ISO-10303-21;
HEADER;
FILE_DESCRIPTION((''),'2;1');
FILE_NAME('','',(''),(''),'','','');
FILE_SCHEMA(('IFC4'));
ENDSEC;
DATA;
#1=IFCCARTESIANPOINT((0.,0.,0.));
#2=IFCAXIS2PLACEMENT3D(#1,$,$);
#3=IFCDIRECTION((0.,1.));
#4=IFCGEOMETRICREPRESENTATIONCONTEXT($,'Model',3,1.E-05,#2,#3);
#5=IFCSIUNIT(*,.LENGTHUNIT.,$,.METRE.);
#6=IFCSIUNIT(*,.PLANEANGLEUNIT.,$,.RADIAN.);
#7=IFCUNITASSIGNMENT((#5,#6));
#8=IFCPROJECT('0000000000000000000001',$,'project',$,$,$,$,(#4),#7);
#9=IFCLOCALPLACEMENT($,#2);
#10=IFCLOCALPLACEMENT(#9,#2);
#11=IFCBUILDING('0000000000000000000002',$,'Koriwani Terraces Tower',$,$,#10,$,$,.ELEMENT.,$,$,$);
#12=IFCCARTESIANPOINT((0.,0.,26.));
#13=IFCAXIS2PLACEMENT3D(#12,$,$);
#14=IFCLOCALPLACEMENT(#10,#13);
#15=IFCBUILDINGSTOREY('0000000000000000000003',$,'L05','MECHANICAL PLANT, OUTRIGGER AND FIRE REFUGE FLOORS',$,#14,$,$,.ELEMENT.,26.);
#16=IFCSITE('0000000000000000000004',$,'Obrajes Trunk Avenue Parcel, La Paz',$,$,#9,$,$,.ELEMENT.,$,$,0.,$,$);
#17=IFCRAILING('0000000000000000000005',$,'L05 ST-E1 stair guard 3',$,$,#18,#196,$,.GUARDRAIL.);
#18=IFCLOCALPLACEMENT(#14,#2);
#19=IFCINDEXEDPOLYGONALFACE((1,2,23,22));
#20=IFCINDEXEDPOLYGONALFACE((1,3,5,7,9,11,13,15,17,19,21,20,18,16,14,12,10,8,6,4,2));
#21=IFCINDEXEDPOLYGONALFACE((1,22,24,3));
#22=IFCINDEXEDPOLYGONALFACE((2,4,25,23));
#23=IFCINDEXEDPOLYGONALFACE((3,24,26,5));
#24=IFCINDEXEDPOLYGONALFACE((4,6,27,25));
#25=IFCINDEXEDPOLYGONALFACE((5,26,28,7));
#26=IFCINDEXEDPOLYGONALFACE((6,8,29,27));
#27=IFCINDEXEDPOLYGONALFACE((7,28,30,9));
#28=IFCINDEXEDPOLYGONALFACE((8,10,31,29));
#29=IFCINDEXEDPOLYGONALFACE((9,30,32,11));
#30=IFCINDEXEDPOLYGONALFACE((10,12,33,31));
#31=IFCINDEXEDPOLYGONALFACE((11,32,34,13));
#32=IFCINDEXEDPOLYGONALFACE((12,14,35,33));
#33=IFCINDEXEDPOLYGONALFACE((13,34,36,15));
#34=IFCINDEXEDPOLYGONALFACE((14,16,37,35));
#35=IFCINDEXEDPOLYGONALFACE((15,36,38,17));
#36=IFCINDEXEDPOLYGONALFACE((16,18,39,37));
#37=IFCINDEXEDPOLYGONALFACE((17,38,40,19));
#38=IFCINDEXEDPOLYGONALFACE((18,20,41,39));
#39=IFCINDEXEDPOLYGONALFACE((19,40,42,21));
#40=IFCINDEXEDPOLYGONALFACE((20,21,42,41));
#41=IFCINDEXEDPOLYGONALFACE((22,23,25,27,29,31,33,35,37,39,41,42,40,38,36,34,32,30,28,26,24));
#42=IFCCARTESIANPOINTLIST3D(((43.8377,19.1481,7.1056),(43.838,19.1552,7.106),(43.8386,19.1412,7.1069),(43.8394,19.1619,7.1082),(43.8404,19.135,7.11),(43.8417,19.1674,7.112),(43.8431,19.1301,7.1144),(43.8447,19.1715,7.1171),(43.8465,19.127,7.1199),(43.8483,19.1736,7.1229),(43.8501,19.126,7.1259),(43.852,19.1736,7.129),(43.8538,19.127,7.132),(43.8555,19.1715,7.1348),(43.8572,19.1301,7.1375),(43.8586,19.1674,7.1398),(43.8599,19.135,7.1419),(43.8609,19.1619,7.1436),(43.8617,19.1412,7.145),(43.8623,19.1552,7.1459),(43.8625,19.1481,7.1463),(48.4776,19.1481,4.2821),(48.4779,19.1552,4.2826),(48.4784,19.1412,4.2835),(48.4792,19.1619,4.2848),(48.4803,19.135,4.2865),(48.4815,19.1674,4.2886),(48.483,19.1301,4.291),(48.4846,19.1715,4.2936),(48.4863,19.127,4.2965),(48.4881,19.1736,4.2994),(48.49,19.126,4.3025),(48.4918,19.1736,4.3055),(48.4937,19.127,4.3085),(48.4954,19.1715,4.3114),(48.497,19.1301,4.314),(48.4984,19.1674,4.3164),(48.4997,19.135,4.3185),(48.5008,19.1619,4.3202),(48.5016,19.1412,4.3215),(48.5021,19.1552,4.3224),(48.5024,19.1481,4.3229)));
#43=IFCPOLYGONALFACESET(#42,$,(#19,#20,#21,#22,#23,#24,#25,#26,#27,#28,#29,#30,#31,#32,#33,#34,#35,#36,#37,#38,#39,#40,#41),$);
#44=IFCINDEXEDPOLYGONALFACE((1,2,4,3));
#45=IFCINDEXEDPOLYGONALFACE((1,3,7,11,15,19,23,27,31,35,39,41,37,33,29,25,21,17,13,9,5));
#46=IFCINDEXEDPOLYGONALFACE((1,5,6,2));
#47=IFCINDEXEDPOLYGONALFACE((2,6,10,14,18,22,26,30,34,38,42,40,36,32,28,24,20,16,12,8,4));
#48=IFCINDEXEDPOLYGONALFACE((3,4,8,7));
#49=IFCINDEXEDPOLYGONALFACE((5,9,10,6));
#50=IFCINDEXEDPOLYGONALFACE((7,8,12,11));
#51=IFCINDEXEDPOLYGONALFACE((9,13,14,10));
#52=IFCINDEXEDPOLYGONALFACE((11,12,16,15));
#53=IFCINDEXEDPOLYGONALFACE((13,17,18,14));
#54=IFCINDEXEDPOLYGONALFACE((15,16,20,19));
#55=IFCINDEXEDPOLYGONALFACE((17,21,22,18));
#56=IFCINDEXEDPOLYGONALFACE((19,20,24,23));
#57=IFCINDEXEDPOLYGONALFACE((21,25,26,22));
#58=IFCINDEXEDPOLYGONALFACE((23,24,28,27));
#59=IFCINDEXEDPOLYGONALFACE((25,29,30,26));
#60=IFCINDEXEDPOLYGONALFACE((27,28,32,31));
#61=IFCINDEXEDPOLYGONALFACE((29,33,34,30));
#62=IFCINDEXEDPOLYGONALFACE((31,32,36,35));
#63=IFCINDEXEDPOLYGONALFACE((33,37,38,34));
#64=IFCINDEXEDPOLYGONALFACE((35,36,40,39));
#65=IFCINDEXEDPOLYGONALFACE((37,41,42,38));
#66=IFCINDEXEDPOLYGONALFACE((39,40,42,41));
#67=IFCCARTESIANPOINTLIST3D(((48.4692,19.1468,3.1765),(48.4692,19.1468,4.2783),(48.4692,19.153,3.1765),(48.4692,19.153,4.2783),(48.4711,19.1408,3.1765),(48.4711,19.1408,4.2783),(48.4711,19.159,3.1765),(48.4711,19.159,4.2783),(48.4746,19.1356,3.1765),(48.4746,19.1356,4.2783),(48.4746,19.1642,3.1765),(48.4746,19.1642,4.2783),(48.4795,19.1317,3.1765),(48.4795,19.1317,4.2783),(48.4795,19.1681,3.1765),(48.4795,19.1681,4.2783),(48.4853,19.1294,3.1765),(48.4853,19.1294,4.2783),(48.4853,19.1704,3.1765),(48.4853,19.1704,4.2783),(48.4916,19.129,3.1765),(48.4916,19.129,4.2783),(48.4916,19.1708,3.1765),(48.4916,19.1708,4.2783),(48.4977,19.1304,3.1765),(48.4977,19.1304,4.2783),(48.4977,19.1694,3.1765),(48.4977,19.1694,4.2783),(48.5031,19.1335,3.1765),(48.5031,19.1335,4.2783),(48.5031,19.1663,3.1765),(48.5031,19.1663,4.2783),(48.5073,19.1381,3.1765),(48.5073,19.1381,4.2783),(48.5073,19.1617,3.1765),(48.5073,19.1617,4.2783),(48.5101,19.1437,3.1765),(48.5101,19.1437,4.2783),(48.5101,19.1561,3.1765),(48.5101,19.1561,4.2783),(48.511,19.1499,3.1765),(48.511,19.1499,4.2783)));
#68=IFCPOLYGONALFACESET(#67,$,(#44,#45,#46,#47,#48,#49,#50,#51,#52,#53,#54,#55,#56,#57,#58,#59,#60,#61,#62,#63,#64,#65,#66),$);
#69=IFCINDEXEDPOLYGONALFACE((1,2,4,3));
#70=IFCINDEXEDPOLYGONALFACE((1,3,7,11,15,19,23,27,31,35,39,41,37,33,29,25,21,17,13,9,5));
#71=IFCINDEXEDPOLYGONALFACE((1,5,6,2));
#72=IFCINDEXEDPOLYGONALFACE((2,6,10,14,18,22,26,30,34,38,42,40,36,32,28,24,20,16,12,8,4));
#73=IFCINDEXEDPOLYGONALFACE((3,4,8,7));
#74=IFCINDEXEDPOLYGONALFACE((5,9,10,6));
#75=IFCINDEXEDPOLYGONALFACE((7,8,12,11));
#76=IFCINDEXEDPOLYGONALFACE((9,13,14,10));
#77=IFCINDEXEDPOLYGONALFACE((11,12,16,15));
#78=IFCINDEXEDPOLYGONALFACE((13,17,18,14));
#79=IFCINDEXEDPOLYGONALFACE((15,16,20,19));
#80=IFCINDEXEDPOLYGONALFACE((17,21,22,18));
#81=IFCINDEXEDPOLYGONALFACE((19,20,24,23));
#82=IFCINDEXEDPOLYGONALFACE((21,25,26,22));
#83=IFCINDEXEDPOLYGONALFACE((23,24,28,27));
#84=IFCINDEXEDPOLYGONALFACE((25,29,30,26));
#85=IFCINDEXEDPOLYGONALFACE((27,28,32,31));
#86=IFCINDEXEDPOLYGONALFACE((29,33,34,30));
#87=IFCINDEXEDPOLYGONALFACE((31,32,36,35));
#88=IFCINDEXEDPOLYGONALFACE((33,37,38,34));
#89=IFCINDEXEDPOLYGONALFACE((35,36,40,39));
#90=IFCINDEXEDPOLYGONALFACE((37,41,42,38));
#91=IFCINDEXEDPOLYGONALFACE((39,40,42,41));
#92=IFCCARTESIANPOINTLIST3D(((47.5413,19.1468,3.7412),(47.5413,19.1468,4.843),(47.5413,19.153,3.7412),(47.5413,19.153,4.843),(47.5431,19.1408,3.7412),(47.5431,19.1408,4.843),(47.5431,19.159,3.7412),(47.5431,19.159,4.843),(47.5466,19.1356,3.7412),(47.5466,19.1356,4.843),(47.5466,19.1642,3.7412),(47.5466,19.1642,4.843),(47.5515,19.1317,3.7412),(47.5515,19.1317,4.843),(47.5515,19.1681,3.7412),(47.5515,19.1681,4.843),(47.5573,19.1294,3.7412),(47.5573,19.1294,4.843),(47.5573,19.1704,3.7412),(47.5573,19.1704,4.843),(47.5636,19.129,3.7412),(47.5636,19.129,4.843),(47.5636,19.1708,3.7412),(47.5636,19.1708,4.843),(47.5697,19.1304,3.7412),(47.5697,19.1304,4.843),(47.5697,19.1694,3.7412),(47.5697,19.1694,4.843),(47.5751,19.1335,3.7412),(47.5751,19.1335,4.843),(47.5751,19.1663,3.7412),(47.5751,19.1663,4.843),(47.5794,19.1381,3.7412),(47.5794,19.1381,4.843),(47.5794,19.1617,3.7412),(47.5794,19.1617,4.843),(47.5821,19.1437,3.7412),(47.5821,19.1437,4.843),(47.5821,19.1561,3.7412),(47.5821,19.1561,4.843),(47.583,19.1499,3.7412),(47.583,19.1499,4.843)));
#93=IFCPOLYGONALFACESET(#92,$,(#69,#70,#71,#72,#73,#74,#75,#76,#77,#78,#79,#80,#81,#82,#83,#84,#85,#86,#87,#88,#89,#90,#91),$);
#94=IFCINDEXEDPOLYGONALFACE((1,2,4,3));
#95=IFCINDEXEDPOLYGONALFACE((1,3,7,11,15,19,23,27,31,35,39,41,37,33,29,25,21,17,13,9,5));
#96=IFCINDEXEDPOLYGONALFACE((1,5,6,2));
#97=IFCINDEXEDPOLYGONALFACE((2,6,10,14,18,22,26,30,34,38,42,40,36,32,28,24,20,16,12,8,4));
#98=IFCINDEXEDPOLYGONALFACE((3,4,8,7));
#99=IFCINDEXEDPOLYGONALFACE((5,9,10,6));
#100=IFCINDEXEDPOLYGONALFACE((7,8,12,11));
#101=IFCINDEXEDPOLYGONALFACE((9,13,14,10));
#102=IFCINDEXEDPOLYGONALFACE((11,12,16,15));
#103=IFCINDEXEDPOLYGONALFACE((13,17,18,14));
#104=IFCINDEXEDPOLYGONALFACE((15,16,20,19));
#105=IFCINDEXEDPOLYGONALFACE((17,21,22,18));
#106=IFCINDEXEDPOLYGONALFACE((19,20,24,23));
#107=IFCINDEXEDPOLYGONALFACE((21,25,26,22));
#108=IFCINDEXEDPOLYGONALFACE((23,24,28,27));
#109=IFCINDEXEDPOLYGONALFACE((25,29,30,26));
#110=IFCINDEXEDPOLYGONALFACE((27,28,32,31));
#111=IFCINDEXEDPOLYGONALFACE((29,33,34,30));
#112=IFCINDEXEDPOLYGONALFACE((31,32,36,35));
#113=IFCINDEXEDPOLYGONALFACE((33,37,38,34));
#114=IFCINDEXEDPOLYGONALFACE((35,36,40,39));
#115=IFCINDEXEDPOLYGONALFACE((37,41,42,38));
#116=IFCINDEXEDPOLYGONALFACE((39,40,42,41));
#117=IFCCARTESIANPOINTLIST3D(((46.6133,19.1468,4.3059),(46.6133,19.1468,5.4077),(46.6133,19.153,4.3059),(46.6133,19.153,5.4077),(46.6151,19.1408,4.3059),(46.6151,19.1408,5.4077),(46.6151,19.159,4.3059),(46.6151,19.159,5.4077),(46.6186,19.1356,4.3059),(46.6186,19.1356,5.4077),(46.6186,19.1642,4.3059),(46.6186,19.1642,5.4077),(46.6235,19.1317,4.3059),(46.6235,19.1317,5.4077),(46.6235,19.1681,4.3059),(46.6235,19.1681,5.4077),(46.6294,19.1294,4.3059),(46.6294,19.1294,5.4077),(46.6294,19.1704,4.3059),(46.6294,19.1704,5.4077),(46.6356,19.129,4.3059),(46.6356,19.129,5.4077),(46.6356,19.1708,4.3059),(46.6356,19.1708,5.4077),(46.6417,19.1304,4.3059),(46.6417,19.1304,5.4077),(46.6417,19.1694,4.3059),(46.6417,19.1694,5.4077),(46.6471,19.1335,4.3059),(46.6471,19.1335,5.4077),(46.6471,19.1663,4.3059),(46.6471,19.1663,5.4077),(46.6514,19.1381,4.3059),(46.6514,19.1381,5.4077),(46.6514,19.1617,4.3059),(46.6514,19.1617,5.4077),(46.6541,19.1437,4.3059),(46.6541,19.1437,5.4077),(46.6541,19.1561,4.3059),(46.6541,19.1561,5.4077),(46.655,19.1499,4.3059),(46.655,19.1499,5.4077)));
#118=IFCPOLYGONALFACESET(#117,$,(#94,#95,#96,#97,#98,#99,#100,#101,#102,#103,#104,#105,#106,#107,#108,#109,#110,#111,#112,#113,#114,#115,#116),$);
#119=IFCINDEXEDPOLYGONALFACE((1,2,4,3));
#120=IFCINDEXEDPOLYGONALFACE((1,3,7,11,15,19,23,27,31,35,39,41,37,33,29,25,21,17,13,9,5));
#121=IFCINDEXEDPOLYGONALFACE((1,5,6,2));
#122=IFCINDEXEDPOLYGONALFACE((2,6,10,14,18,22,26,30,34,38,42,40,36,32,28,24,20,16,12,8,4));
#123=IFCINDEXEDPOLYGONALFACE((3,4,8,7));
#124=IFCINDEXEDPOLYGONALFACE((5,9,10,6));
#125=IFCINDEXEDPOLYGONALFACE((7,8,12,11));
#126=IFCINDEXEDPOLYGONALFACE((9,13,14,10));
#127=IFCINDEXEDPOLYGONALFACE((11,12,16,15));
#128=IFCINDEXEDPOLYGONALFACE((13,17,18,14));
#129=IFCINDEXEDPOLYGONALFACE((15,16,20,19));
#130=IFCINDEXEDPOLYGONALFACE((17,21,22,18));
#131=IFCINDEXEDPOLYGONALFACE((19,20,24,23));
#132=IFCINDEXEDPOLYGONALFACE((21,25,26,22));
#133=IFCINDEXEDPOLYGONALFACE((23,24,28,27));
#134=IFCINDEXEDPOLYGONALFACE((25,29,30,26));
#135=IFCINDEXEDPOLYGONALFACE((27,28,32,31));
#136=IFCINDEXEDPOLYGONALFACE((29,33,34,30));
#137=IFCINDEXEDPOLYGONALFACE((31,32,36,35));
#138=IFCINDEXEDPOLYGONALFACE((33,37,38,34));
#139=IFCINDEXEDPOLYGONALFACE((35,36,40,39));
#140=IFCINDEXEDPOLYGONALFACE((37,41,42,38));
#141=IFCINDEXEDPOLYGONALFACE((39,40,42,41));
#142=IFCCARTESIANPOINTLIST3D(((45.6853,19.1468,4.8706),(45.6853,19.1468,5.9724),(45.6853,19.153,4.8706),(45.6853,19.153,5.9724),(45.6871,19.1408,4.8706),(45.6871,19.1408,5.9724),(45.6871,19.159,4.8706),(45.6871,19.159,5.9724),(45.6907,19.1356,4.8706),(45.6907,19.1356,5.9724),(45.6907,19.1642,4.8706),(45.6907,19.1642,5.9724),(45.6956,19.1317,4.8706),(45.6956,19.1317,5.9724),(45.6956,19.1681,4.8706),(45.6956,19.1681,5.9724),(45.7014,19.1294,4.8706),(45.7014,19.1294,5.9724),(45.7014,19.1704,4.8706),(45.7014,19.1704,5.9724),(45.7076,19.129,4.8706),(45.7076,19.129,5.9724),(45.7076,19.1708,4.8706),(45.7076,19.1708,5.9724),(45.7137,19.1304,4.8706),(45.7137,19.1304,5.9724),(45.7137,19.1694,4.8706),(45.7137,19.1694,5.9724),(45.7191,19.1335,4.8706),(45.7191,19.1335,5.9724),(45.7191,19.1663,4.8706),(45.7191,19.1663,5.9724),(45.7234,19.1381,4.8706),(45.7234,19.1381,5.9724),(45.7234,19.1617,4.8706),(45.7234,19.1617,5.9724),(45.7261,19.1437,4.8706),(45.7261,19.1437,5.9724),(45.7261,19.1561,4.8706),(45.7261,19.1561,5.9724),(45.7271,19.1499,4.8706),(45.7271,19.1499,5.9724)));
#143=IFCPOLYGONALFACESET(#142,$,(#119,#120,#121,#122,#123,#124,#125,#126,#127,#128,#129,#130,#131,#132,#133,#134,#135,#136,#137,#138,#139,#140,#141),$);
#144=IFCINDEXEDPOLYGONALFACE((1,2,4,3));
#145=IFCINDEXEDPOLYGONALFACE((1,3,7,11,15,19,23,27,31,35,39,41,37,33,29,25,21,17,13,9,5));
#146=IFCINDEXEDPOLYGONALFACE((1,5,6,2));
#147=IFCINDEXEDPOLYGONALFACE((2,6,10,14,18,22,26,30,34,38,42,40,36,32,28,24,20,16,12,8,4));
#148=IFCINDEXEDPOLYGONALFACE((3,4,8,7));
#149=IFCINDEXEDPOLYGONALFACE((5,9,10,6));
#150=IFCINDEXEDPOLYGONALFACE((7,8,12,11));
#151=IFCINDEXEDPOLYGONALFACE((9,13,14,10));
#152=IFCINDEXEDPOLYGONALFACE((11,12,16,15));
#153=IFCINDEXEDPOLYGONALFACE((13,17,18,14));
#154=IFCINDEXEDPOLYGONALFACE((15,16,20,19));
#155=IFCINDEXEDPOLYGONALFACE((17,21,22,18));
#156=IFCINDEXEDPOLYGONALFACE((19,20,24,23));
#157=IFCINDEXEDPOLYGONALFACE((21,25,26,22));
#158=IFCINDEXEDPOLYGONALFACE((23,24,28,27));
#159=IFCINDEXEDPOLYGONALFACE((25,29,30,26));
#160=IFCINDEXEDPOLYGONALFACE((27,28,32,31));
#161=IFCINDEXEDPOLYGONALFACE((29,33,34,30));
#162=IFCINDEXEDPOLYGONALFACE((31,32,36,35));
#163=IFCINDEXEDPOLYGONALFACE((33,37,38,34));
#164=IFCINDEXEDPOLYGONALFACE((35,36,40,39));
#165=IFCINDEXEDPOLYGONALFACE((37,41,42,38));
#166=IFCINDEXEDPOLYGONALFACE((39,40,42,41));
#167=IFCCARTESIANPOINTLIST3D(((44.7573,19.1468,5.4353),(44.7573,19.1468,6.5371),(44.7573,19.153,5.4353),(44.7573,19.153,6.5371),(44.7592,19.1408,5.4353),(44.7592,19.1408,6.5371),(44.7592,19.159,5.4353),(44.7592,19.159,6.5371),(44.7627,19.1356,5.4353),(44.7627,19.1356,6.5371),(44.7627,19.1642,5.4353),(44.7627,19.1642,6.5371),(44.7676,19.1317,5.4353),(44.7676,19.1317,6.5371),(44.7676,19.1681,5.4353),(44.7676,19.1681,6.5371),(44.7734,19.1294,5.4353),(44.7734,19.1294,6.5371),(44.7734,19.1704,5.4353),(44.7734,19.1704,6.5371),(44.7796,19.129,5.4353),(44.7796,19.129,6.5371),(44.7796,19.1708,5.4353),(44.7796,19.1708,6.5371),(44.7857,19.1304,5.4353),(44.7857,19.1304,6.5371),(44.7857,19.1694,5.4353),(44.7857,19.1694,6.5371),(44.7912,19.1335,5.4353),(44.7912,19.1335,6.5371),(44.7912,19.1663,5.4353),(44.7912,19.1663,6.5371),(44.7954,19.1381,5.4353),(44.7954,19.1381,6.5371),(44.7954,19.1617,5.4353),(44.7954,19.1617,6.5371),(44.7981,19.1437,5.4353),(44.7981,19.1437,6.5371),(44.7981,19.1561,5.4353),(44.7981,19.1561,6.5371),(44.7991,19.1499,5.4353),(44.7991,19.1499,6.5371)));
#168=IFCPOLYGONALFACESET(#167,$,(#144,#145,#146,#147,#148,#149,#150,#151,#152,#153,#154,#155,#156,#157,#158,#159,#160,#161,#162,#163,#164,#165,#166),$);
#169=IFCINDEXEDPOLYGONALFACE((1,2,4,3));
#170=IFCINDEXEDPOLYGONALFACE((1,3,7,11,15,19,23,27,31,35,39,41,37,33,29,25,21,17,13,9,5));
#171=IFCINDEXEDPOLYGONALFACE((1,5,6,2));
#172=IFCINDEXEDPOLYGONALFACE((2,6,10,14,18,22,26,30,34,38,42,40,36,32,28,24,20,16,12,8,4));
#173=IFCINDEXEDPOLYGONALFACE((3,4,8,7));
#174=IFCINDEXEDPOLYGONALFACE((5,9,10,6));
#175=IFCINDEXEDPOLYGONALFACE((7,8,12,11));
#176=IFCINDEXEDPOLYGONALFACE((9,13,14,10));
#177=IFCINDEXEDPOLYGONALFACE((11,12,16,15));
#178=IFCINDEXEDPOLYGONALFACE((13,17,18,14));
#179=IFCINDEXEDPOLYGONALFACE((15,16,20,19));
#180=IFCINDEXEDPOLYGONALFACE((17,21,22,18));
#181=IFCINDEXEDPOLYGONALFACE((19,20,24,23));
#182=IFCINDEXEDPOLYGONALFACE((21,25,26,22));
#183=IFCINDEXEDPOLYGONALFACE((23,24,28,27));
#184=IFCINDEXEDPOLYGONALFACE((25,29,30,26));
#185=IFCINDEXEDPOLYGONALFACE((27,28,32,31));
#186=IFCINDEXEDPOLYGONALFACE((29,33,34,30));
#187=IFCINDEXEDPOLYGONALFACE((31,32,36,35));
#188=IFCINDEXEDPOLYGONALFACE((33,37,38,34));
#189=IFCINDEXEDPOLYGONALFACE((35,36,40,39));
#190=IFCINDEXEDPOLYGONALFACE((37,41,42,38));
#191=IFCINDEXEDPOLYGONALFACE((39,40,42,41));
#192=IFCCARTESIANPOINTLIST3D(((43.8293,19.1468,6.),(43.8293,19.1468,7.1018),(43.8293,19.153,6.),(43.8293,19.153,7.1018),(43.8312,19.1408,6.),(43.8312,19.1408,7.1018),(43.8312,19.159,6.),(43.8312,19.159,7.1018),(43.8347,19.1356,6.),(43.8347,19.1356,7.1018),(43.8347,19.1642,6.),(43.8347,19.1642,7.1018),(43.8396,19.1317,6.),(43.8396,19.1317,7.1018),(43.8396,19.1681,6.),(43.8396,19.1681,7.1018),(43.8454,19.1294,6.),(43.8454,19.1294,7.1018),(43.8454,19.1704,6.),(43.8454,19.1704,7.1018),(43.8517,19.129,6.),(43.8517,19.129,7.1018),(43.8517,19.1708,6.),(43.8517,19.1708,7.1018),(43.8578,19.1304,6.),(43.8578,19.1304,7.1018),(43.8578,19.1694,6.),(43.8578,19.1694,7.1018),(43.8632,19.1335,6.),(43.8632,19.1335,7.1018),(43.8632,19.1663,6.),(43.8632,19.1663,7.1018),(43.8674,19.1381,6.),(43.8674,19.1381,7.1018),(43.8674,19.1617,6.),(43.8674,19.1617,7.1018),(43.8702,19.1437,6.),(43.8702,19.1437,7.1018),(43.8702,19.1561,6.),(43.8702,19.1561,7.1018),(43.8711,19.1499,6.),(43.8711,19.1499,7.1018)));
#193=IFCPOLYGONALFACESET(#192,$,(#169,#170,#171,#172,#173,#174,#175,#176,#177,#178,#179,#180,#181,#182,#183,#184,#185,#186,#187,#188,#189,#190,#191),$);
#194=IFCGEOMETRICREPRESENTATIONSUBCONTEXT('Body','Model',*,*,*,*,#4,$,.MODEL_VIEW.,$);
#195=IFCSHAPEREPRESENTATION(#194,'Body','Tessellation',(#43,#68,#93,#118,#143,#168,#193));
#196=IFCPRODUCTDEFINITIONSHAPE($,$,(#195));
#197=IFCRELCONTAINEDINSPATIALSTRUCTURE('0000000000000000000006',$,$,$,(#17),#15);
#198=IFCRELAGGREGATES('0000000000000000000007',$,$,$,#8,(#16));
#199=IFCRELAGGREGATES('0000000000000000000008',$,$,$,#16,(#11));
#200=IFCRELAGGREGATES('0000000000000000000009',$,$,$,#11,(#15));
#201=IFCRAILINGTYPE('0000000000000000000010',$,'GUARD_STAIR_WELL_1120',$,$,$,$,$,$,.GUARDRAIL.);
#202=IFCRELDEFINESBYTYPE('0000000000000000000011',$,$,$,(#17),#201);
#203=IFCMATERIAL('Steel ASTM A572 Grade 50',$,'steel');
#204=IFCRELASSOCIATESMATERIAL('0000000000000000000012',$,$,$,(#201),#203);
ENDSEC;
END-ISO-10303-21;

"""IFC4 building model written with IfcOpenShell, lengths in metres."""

from ifc_helpers import new_model, si_unit, direction, frame, origin, origin_2d, place, context, subcontext, project, spatial, circle, extrude, material, type_object, element, save


model = new_model("IFC4")

# Units and contexts
model_context = context("Model", 3, precision=1e-05, world=origin(), true_north=direction((0.0, 1.0)))
body_context = subcontext(model_context, "Body", "Model", "MODEL_VIEW")
ifc_project = project(units=[si_unit("LENGTHUNIT", "METRE"), si_unit("PLANEANGLEUNIT", "RADIAN")], contexts=[model_context])

# Site, building, storey
site_placement = place(None, origin())
site = spatial("IfcSite", under=ifc_project, at=site_placement, Name="Obrajes Trunk Avenue Parcel, La Paz", CompositionType="ELEMENT", RefElevation=0.0)
building_placement = place(site_placement, origin())
building = spatial("IfcBuilding", under=site, at=building_placement, Name="Koriwani Terraces Tower", CompositionType="ELEMENT")
storey_placement = place(building_placement, frame((0.0, 0.0, 26.0)))
storey = spatial("IfcBuildingStorey", under=building, at=storey_placement, Name="L05", Description="MECHANICAL PLANT, OUTRIGGER AND FIRE REFUGE FLOORS", CompositionType="ELEMENT", Elevation=26.0)

# Shared definitions
ifc_material_1 = material(Name="Steel ASTM A572 Grade 50", Category="steel")

# Railing
railing_type_1 = type_object("IfcRailingType", Name="GUARD_STAIR_WELL_1120", PredefinedType="GUARDRAIL", material=ifc_material_1)
railing_1_placement = place(storey_placement, frame((48.49, 19.1499, 3.1765)))
element("IfcRailing", 1, at=railing_1_placement, inside=storey, type_object=railing_type_1, Name="L05 ST-E1 stair guard 3", PredefinedType="GUARDRAIL", context=body_context, shape_type="SweptSolid", body=[
    extrude(circle(Radius=0.0239, at=origin_2d()), frame((0.0, 0.0, 1.126), z_axis=(-0.854264, 0.0, 0.51984), x_axis=(0.0, -1.0, 0.0)), (0.0, 0.0, 1.0), 5.4314),
    extrude(circle(Radius=0.021, at=origin_2d()), origin(), (0.0, 0.0, 1.0), 1.1018),
    extrude(circle(Radius=0.021, at=origin_2d()), frame((-0.928, 0.0, 0.5647)), (0.0, 0.0, 1.0), 1.1018),
    extrude(circle(Radius=0.021, at=origin_2d()), frame((-1.856, 0.0, 1.1294)), (0.0, 0.0, 1.0), 1.1018),
    extrude(circle(Radius=0.021, at=origin_2d()), frame((-2.7839, 0.0, 1.6941)), (0.0, 0.0, 1.0), 1.1018),
    extrude(circle(Radius=0.021, at=origin_2d()), frame((-3.7119, 0.0, 2.2588)), (0.0, 0.0, 1.0), 1.1018),
    extrude(circle(Radius=0.021, at=origin_2d()), frame((-4.6399, 0.0, 2.8235)), (0.0, 0.0, 1.0), 1.1018),
])

save(model, "model.ifc")
